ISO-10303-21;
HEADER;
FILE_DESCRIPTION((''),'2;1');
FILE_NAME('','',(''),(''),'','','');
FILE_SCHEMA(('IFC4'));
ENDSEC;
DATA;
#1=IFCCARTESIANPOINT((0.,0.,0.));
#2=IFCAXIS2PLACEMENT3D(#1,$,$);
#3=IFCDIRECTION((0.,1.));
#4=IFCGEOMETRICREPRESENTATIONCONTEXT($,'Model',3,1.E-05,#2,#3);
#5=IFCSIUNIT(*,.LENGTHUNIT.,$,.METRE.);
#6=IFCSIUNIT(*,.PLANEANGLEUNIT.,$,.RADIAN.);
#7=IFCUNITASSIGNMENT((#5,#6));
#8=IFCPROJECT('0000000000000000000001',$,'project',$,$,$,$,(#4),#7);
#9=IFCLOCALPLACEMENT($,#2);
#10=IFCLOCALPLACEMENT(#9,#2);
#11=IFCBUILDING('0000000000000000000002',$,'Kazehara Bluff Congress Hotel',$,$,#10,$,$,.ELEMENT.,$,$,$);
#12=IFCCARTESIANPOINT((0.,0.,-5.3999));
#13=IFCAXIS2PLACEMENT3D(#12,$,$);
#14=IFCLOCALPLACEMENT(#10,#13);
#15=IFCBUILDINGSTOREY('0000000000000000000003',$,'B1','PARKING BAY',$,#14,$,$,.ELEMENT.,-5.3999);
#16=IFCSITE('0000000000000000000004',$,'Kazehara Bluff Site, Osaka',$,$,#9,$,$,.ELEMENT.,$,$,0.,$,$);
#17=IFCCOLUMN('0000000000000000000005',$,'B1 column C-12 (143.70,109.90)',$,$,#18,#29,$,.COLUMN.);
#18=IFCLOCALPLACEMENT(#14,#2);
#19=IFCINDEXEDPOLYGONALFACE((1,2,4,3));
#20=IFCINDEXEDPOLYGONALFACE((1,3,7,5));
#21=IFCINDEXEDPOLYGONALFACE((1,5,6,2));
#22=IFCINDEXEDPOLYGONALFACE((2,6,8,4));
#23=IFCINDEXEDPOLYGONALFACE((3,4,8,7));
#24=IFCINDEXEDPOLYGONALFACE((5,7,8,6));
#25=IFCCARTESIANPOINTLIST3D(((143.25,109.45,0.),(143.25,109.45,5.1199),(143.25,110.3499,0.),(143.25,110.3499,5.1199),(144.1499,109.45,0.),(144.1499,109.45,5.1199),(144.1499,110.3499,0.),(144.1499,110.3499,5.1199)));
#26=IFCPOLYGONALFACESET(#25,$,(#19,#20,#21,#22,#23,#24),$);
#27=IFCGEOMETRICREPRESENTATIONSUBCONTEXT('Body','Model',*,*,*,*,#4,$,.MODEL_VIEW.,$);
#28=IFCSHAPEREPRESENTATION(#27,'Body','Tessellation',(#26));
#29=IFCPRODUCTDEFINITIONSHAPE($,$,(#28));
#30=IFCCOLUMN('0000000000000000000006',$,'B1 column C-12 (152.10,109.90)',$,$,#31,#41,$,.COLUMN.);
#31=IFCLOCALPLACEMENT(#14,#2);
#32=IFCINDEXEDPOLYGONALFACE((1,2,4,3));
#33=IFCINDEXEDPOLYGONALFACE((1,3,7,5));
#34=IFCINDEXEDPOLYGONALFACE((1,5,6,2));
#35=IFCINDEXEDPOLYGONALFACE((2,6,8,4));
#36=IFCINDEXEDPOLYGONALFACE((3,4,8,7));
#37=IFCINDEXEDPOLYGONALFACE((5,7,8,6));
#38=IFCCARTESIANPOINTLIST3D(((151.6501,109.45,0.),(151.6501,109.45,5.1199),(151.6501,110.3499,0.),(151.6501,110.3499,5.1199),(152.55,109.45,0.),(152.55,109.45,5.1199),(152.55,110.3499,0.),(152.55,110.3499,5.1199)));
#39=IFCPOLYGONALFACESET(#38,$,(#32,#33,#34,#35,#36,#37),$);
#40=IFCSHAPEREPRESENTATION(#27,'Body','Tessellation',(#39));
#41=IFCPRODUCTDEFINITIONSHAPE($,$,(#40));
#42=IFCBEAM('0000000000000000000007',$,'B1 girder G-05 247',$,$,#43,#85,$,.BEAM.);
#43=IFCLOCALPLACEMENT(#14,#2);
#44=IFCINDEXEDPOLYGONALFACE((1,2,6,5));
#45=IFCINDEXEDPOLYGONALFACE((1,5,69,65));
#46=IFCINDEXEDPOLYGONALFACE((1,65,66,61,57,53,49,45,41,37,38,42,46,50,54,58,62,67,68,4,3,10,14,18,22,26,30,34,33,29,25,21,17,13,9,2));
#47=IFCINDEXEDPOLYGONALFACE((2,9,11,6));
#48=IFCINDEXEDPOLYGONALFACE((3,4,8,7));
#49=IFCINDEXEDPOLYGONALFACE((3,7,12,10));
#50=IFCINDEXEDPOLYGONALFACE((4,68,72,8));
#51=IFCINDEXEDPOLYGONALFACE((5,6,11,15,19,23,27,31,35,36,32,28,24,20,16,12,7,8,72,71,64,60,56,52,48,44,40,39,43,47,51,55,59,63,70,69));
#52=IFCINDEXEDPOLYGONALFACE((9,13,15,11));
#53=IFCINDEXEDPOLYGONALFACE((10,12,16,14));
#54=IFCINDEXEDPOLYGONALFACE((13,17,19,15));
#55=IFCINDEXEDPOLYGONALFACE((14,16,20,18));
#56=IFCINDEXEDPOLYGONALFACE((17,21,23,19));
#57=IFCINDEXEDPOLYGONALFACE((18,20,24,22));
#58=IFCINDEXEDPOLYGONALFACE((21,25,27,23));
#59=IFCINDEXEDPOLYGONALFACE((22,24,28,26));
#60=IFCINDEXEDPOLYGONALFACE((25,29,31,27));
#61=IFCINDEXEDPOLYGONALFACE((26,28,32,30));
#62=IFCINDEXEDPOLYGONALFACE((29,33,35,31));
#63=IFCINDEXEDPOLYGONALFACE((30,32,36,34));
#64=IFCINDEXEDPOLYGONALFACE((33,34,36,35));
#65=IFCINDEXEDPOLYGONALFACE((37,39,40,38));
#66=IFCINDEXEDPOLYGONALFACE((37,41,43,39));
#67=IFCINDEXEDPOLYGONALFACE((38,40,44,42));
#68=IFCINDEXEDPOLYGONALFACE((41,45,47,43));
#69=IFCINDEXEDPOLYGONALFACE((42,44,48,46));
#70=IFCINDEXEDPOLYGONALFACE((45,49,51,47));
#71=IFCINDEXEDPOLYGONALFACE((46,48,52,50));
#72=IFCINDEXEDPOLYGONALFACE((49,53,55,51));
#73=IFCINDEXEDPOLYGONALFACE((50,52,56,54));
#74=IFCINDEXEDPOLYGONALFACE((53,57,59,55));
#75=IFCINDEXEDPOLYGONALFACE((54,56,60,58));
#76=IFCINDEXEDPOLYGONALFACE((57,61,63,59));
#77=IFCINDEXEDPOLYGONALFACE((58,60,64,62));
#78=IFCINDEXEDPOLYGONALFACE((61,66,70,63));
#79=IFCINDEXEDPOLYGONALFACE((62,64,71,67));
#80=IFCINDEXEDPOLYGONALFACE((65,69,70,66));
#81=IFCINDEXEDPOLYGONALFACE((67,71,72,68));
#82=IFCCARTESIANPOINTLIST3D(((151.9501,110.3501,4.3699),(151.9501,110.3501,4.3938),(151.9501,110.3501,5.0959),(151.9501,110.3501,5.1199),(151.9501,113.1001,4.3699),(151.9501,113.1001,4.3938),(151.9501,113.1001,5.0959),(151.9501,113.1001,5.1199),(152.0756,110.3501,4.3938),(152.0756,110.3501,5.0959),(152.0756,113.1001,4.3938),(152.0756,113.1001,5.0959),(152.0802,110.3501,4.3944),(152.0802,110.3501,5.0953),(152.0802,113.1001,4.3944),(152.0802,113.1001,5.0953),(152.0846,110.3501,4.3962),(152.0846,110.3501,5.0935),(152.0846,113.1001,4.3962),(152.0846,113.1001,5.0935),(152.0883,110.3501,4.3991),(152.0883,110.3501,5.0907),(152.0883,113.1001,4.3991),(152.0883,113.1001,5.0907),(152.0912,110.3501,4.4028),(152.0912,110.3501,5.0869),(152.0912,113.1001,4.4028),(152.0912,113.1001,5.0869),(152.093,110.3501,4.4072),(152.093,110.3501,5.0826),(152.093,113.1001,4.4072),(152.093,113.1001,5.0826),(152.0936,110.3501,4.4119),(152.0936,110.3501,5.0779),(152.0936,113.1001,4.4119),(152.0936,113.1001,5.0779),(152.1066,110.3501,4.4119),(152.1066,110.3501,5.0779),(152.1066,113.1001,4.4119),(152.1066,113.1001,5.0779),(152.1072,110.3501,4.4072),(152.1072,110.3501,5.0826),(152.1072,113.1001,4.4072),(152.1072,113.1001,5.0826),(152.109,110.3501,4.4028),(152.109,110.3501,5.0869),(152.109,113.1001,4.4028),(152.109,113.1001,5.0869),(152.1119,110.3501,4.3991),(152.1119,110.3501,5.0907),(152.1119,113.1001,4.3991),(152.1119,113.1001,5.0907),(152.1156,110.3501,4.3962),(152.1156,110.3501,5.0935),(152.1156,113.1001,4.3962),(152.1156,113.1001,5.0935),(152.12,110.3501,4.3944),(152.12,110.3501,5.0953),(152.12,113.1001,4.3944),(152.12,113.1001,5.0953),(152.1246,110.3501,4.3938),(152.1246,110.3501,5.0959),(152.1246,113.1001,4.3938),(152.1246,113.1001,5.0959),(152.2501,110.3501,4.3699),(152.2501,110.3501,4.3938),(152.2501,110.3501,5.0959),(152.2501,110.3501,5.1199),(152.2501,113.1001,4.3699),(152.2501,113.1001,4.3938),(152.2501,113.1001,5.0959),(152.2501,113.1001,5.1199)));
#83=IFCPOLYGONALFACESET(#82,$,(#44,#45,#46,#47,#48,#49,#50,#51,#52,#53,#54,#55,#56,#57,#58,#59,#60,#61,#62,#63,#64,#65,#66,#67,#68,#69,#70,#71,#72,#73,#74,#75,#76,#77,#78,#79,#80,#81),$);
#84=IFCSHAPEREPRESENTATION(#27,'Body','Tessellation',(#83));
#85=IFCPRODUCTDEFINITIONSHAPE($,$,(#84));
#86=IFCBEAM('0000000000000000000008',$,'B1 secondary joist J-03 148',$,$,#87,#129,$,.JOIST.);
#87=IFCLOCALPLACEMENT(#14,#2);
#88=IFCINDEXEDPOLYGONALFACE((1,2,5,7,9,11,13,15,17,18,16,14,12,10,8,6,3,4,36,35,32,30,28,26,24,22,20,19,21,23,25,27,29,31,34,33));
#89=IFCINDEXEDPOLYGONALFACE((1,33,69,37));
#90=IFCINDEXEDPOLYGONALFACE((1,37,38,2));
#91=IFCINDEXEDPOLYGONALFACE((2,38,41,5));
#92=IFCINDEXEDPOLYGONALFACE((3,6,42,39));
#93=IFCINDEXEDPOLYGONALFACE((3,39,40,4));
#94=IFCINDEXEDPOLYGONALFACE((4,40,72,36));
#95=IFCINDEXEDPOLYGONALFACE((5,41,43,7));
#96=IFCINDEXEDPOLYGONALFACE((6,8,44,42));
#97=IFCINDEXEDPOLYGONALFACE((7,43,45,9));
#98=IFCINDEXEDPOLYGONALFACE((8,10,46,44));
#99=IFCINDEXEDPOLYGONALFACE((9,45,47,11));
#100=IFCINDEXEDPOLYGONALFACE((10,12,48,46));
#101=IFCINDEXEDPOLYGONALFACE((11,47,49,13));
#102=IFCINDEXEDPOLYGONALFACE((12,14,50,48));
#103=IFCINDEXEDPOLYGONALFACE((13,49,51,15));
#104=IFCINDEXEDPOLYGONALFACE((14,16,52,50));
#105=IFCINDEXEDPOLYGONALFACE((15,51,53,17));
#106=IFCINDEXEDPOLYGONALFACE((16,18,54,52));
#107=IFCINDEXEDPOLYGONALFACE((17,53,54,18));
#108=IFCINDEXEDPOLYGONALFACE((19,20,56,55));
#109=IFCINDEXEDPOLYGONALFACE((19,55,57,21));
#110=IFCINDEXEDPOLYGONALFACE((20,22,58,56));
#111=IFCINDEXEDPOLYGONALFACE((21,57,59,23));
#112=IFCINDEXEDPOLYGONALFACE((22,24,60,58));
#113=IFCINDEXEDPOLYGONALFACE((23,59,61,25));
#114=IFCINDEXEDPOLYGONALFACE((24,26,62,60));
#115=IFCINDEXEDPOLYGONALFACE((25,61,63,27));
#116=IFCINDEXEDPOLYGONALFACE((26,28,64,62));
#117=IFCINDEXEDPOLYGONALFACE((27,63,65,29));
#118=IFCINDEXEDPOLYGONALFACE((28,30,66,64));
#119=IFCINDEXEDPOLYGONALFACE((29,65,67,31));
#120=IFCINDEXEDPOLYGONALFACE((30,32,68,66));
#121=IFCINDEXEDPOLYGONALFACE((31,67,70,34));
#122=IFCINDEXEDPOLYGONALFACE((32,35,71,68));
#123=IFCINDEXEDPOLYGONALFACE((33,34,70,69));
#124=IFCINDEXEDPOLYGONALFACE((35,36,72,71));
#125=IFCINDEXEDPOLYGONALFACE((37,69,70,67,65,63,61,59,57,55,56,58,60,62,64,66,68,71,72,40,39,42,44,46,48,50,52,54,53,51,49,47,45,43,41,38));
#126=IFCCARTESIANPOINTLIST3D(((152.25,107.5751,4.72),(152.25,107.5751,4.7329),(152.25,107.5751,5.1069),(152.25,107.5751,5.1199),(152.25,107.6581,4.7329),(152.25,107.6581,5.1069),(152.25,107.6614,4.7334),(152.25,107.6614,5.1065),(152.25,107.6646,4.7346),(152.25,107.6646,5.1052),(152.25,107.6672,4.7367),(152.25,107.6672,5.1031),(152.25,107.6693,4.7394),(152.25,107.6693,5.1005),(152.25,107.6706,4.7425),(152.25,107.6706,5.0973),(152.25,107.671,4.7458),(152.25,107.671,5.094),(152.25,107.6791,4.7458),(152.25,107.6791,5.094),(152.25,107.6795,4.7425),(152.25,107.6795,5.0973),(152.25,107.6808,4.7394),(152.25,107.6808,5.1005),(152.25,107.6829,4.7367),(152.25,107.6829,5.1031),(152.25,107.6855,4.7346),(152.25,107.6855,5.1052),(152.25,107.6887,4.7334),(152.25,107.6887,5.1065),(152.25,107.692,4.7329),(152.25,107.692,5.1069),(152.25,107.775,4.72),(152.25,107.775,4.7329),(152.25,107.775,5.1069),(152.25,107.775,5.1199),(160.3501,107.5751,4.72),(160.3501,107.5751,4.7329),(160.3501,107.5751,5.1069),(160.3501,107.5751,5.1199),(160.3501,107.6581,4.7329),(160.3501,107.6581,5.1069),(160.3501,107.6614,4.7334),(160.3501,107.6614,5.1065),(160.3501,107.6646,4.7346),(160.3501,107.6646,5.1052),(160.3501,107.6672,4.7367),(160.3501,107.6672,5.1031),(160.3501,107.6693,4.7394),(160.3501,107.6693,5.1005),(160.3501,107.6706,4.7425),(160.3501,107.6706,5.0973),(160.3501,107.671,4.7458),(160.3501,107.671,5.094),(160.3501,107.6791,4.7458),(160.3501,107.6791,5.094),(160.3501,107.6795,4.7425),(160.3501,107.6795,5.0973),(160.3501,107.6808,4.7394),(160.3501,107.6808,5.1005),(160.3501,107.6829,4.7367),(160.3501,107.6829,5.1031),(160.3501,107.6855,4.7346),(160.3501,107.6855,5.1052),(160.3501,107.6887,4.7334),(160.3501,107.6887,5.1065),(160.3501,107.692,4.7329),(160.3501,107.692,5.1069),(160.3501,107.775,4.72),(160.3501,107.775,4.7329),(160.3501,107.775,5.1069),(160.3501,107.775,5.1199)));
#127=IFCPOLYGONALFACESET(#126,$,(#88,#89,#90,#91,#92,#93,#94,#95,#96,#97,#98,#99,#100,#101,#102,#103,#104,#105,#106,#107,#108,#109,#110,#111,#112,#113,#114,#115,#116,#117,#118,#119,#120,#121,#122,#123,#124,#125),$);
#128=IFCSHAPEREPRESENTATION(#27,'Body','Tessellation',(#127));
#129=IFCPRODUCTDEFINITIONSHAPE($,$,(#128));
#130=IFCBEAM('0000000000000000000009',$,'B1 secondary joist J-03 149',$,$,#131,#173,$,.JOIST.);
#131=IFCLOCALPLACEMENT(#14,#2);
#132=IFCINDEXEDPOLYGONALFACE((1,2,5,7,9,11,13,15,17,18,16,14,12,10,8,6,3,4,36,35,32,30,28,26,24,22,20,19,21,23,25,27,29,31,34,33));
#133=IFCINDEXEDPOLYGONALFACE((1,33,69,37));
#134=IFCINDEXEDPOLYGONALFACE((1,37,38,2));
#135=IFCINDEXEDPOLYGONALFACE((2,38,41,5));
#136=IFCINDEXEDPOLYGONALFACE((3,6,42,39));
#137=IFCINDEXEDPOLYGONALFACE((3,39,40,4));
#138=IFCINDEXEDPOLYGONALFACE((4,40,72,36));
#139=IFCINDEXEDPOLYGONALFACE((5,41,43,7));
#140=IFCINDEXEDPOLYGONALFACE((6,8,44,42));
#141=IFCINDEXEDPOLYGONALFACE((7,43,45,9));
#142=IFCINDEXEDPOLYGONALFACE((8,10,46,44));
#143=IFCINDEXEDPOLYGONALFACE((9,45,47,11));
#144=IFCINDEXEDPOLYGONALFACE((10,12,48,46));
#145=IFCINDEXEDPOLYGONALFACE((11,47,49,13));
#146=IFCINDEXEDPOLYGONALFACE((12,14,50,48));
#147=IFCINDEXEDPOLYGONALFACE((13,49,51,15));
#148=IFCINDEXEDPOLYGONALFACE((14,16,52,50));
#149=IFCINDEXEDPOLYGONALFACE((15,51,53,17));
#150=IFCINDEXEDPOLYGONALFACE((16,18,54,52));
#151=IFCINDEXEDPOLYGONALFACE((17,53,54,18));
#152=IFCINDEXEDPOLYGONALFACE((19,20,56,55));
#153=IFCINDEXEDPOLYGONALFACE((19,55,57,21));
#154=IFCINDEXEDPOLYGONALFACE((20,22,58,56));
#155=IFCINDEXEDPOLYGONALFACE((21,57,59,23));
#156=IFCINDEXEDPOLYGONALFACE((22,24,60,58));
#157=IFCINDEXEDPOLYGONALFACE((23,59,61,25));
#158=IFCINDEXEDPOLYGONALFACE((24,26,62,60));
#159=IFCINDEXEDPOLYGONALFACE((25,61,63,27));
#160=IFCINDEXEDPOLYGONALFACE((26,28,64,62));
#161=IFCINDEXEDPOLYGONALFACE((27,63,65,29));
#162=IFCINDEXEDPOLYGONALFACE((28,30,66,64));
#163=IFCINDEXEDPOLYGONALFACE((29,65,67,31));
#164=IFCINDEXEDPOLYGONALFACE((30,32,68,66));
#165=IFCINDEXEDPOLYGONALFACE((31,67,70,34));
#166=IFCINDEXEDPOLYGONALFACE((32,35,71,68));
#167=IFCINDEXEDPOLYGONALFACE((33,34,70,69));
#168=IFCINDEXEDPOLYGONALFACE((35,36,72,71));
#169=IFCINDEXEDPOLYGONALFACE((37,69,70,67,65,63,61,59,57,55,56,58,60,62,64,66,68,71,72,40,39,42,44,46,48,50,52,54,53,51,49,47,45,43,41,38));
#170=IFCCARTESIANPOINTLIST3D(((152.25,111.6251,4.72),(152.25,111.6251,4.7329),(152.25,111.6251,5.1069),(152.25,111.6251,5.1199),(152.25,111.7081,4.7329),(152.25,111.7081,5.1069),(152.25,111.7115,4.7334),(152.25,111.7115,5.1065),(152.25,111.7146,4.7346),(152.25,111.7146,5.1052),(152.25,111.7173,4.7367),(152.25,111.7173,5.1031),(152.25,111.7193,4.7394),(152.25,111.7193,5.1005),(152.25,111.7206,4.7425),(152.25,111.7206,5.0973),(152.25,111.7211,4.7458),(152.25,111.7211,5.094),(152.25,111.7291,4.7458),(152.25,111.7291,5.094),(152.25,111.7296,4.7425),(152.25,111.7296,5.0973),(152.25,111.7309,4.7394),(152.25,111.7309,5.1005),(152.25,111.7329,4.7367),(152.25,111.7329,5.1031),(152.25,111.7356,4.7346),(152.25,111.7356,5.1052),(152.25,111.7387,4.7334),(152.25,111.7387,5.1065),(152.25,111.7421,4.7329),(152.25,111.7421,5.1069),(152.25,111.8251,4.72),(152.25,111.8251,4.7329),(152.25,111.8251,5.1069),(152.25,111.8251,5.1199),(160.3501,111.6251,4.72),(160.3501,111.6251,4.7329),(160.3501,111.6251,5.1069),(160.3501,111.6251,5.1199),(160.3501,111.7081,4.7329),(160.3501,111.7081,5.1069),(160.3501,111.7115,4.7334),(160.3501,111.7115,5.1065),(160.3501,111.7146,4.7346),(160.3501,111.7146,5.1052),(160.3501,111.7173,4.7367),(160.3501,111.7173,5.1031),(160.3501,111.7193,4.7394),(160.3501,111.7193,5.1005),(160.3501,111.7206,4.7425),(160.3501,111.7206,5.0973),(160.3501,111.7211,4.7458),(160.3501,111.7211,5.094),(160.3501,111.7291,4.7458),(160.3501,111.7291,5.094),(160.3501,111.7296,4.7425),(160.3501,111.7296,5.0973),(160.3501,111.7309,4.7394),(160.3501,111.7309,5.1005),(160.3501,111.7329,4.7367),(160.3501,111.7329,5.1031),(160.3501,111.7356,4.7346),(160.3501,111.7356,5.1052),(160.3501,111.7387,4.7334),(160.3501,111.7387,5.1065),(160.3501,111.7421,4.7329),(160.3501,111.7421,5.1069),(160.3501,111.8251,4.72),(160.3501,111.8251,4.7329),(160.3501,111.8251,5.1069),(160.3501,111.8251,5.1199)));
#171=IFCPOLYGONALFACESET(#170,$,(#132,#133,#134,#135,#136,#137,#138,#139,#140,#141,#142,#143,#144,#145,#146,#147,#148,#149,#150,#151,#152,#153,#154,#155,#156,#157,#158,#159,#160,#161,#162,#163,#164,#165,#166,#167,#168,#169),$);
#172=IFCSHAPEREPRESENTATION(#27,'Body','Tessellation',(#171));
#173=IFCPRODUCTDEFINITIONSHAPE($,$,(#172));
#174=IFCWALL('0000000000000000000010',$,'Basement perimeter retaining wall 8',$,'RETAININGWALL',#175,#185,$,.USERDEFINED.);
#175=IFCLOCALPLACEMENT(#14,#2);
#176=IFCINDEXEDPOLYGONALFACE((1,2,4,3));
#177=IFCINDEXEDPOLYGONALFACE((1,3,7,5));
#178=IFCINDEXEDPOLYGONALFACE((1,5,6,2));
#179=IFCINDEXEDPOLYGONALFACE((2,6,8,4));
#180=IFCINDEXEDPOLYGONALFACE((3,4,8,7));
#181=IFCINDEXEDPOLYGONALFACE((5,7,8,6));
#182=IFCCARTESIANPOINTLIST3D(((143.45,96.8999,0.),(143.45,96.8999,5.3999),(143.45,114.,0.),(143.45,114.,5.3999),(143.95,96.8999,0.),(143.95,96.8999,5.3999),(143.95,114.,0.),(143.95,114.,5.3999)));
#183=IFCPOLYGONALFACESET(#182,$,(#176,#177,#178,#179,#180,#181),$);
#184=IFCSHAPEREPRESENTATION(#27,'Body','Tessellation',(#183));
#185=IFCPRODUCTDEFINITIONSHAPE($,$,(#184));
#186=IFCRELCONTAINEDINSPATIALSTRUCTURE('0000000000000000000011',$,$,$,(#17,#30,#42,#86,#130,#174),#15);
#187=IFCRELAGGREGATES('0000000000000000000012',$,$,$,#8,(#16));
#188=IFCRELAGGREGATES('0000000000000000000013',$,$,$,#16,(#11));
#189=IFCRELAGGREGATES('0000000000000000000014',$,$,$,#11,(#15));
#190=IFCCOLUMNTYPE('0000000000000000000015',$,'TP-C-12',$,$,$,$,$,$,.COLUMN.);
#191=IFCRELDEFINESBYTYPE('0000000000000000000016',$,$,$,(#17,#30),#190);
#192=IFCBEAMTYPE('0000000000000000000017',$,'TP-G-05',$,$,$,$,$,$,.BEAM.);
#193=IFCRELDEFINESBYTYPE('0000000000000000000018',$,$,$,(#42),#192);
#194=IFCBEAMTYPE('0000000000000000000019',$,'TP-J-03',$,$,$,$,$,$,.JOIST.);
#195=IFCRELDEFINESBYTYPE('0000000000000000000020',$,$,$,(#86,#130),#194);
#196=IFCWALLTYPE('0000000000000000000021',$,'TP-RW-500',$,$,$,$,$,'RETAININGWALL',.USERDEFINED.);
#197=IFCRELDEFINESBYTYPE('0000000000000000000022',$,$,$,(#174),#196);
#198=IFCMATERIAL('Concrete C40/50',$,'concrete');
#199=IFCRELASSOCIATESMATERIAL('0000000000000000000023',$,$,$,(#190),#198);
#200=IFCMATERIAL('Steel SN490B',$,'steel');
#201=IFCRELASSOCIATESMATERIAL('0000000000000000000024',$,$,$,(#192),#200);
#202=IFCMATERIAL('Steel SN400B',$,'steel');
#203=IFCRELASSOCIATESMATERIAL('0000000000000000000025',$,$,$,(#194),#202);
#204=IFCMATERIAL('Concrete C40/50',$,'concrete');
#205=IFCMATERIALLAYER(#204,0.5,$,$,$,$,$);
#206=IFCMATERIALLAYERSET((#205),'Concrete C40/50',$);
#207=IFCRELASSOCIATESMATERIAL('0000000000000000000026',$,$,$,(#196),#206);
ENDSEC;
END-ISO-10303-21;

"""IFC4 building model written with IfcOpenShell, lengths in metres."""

from ifc_helpers import new_model, si_unit, direction, frame, frame_2d, origin, origin_2d, place, context, subcontext, project, spatial, rectangle, i_section, extrude, material, layer, layer_set, material_profile, profile_set, type_object, element, save


model = new_model("IFC4")

# Units and contexts
model_context = context("Model", 3, precision=1e-05, world=origin(), true_north=direction((0.0, 1.0)))
body_context = subcontext(model_context, "Body", "Model", "MODEL_VIEW")
ifc_project = project(units=[si_unit("LENGTHUNIT", "METRE"), si_unit("PLANEANGLEUNIT", "RADIAN")], contexts=[model_context])

# Site, building, storey
site_placement = place(None, origin())
site = spatial("IfcSite", under=ifc_project, at=site_placement, Name="Kazehara Bluff Site, Osaka", CompositionType="ELEMENT", RefElevation=0.0)
building_placement = place(site_placement, origin())
building = spatial("IfcBuilding", under=site, at=building_placement, Name="Kazehara Bluff Congress Hotel", CompositionType="ELEMENT")
storey_placement = place(building_placement, frame((0.0, 0.0, -5.3999)))
storey = spatial("IfcBuildingStorey", under=building, at=storey_placement, Name="B1", Description="PARKING BAY", CompositionType="ELEMENT", Elevation=-5.3999)

# Columns
ifc_material_1 = material(Name="Concrete C40/50", Category="concrete")
ifc_material_profile_1 = material_profile(ifc_material_1, rectangle(XDim=0.8999, YDim=0.8999, at=origin_2d()))
ifc_profile_set_1 = profile_set([ifc_material_profile_1], Name="Concrete C40/50")
column_type_1 = type_object("IfcColumnType", Name="TP-C-12", PredefinedType="COLUMN", material=ifc_profile_set_1)
for number, where, z_axis, x_axis, name in (
    (1, (143.7, 109.8999, 0.0), (0.0, 0.0, 1.0), (1.0, 0.0, 0.0), "B1 column C-12 (143.70,109.90)"),
    (2, (152.1001, 109.8999, 0.0), (0.0, 0.0, 1.0), (1.0, 0.0, 0.0), "B1 column C-12 (152.10,109.90)"),
):
    element("IfcColumn", number, at=place(storey_placement, frame(where, z_axis=z_axis, x_axis=x_axis)), inside=storey, type_object=column_type_1, Name=name, PredefinedType="COLUMN", context=body_context, shape_type="SweptSolid", body=[
        extrude(rectangle(XDim=0.8999, YDim=0.8999, at=origin_2d()), origin(), (0.0, 0.0, 1.0), 5.1199),
    ])

# Beams
ifc_material_2 = material(Name="Steel SN490B", Category="steel")
ifc_material_profile_2 = material_profile(ifc_material_2, i_section(OverallWidth=0.3, OverallDepth=0.75, WebThickness=0.0129, FlangeThickness=0.0239, FilletRadius=0.0181, at=origin_2d()))
ifc_profile_set_2 = profile_set([ifc_material_profile_2], Name="Steel SN490B")
beam_type_1 = type_object("IfcBeamType", Name="TP-G-05", PredefinedType="BEAM", material=ifc_profile_set_2)
beam_placement = place(storey_placement, frame((152.1001, 110.3501, 4.7449), z_axis=(0.0, 1.0, 0.0), x_axis=(-1.0, 0.0, 0.0)))
element("IfcBeam", 3, at=beam_placement, inside=storey, type_object=beam_type_1, Name="B1 girder G-05 247", PredefinedType="BEAM", context=body_context, shape_type="SweptSolid", body=[
    extrude(i_section(OverallWidth=0.3, OverallDepth=0.75, WebThickness=0.0129, FlangeThickness=0.0239, FilletRadius=0.0181, at=origin_2d()), origin(), (0.0, 0.0, 1.0), 2.75),
])
ifc_material_3 = material(Name="Steel SN400B", Category="steel")
ifc_material_profile_3 = material_profile(ifc_material_3, i_section(OverallWidth=0.2, OverallDepth=0.3999, WebThickness=0.0081, FlangeThickness=0.0129, FilletRadius=0.0129, at=origin_2d()))
ifc_profile_set_3 = profile_set([ifc_material_profile_3], Name="Steel SN400B")
beam_type_2 = type_object("IfcBeamType", Name="TP-J-03", PredefinedType="JOIST", material=ifc_profile_set_3)
for number, where, z_axis, x_axis, name in (
    (4, (152.25, 107.675, 4.9199), (1.0, 0.0, 0.0), (0.0, 1.0, 0.0), "B1 secondary joist J-03 148"),
    (5, (152.25, 111.7251, 4.9199), (1.0, 0.0, 0.0), (0.0, 1.0, 0.0), "B1 secondary joist J-03 149"),
):
    element("IfcBeam", number, at=place(storey_placement, frame(where, z_axis=z_axis, x_axis=x_axis)), inside=storey, type_object=beam_type_2, Name=name, PredefinedType="JOIST", context=body_context, shape_type="SweptSolid", body=[
        extrude(i_section(OverallWidth=0.2, OverallDepth=0.3999, WebThickness=0.0081, FlangeThickness=0.0129, FilletRadius=0.0129, at=origin_2d()), origin(), (0.0, 0.0, 1.0), 8.1001),
    ])

# Wall
ifc_material_4 = material(Name="Concrete C40/50", Category="concrete")
ifc_layer_1 = layer(ifc_material_4, 0.5)
ifc_layer_set_1 = layer_set([ifc_layer_1], Name="Concrete C40/50")
wall_type = type_object("IfcWallType", Name="TP-RW-500", ElementType="RETAININGWALL", PredefinedType="USERDEFINED", material=ifc_layer_set_1)
wall_placement = place(storey_placement, frame((143.7, 114.0, 0.0), z_axis=(0.0, 0.0, 1.0), x_axis=(0.0, -1.0, 0.0)))
element("IfcWall", 6, at=wall_placement, inside=storey, type_object=wall_type, Name="Basement perimeter retaining wall 8", ObjectType="RETAININGWALL", PredefinedType="USERDEFINED", context=body_context, shape_type="SweptSolid", body=[
    extrude(rectangle(XDim=17.1001, YDim=0.5, at=frame_2d((8.55, 0.0))), origin(), (0.0, 0.0, 1.0), 5.3999),
])

save(model, "model.ifc")
